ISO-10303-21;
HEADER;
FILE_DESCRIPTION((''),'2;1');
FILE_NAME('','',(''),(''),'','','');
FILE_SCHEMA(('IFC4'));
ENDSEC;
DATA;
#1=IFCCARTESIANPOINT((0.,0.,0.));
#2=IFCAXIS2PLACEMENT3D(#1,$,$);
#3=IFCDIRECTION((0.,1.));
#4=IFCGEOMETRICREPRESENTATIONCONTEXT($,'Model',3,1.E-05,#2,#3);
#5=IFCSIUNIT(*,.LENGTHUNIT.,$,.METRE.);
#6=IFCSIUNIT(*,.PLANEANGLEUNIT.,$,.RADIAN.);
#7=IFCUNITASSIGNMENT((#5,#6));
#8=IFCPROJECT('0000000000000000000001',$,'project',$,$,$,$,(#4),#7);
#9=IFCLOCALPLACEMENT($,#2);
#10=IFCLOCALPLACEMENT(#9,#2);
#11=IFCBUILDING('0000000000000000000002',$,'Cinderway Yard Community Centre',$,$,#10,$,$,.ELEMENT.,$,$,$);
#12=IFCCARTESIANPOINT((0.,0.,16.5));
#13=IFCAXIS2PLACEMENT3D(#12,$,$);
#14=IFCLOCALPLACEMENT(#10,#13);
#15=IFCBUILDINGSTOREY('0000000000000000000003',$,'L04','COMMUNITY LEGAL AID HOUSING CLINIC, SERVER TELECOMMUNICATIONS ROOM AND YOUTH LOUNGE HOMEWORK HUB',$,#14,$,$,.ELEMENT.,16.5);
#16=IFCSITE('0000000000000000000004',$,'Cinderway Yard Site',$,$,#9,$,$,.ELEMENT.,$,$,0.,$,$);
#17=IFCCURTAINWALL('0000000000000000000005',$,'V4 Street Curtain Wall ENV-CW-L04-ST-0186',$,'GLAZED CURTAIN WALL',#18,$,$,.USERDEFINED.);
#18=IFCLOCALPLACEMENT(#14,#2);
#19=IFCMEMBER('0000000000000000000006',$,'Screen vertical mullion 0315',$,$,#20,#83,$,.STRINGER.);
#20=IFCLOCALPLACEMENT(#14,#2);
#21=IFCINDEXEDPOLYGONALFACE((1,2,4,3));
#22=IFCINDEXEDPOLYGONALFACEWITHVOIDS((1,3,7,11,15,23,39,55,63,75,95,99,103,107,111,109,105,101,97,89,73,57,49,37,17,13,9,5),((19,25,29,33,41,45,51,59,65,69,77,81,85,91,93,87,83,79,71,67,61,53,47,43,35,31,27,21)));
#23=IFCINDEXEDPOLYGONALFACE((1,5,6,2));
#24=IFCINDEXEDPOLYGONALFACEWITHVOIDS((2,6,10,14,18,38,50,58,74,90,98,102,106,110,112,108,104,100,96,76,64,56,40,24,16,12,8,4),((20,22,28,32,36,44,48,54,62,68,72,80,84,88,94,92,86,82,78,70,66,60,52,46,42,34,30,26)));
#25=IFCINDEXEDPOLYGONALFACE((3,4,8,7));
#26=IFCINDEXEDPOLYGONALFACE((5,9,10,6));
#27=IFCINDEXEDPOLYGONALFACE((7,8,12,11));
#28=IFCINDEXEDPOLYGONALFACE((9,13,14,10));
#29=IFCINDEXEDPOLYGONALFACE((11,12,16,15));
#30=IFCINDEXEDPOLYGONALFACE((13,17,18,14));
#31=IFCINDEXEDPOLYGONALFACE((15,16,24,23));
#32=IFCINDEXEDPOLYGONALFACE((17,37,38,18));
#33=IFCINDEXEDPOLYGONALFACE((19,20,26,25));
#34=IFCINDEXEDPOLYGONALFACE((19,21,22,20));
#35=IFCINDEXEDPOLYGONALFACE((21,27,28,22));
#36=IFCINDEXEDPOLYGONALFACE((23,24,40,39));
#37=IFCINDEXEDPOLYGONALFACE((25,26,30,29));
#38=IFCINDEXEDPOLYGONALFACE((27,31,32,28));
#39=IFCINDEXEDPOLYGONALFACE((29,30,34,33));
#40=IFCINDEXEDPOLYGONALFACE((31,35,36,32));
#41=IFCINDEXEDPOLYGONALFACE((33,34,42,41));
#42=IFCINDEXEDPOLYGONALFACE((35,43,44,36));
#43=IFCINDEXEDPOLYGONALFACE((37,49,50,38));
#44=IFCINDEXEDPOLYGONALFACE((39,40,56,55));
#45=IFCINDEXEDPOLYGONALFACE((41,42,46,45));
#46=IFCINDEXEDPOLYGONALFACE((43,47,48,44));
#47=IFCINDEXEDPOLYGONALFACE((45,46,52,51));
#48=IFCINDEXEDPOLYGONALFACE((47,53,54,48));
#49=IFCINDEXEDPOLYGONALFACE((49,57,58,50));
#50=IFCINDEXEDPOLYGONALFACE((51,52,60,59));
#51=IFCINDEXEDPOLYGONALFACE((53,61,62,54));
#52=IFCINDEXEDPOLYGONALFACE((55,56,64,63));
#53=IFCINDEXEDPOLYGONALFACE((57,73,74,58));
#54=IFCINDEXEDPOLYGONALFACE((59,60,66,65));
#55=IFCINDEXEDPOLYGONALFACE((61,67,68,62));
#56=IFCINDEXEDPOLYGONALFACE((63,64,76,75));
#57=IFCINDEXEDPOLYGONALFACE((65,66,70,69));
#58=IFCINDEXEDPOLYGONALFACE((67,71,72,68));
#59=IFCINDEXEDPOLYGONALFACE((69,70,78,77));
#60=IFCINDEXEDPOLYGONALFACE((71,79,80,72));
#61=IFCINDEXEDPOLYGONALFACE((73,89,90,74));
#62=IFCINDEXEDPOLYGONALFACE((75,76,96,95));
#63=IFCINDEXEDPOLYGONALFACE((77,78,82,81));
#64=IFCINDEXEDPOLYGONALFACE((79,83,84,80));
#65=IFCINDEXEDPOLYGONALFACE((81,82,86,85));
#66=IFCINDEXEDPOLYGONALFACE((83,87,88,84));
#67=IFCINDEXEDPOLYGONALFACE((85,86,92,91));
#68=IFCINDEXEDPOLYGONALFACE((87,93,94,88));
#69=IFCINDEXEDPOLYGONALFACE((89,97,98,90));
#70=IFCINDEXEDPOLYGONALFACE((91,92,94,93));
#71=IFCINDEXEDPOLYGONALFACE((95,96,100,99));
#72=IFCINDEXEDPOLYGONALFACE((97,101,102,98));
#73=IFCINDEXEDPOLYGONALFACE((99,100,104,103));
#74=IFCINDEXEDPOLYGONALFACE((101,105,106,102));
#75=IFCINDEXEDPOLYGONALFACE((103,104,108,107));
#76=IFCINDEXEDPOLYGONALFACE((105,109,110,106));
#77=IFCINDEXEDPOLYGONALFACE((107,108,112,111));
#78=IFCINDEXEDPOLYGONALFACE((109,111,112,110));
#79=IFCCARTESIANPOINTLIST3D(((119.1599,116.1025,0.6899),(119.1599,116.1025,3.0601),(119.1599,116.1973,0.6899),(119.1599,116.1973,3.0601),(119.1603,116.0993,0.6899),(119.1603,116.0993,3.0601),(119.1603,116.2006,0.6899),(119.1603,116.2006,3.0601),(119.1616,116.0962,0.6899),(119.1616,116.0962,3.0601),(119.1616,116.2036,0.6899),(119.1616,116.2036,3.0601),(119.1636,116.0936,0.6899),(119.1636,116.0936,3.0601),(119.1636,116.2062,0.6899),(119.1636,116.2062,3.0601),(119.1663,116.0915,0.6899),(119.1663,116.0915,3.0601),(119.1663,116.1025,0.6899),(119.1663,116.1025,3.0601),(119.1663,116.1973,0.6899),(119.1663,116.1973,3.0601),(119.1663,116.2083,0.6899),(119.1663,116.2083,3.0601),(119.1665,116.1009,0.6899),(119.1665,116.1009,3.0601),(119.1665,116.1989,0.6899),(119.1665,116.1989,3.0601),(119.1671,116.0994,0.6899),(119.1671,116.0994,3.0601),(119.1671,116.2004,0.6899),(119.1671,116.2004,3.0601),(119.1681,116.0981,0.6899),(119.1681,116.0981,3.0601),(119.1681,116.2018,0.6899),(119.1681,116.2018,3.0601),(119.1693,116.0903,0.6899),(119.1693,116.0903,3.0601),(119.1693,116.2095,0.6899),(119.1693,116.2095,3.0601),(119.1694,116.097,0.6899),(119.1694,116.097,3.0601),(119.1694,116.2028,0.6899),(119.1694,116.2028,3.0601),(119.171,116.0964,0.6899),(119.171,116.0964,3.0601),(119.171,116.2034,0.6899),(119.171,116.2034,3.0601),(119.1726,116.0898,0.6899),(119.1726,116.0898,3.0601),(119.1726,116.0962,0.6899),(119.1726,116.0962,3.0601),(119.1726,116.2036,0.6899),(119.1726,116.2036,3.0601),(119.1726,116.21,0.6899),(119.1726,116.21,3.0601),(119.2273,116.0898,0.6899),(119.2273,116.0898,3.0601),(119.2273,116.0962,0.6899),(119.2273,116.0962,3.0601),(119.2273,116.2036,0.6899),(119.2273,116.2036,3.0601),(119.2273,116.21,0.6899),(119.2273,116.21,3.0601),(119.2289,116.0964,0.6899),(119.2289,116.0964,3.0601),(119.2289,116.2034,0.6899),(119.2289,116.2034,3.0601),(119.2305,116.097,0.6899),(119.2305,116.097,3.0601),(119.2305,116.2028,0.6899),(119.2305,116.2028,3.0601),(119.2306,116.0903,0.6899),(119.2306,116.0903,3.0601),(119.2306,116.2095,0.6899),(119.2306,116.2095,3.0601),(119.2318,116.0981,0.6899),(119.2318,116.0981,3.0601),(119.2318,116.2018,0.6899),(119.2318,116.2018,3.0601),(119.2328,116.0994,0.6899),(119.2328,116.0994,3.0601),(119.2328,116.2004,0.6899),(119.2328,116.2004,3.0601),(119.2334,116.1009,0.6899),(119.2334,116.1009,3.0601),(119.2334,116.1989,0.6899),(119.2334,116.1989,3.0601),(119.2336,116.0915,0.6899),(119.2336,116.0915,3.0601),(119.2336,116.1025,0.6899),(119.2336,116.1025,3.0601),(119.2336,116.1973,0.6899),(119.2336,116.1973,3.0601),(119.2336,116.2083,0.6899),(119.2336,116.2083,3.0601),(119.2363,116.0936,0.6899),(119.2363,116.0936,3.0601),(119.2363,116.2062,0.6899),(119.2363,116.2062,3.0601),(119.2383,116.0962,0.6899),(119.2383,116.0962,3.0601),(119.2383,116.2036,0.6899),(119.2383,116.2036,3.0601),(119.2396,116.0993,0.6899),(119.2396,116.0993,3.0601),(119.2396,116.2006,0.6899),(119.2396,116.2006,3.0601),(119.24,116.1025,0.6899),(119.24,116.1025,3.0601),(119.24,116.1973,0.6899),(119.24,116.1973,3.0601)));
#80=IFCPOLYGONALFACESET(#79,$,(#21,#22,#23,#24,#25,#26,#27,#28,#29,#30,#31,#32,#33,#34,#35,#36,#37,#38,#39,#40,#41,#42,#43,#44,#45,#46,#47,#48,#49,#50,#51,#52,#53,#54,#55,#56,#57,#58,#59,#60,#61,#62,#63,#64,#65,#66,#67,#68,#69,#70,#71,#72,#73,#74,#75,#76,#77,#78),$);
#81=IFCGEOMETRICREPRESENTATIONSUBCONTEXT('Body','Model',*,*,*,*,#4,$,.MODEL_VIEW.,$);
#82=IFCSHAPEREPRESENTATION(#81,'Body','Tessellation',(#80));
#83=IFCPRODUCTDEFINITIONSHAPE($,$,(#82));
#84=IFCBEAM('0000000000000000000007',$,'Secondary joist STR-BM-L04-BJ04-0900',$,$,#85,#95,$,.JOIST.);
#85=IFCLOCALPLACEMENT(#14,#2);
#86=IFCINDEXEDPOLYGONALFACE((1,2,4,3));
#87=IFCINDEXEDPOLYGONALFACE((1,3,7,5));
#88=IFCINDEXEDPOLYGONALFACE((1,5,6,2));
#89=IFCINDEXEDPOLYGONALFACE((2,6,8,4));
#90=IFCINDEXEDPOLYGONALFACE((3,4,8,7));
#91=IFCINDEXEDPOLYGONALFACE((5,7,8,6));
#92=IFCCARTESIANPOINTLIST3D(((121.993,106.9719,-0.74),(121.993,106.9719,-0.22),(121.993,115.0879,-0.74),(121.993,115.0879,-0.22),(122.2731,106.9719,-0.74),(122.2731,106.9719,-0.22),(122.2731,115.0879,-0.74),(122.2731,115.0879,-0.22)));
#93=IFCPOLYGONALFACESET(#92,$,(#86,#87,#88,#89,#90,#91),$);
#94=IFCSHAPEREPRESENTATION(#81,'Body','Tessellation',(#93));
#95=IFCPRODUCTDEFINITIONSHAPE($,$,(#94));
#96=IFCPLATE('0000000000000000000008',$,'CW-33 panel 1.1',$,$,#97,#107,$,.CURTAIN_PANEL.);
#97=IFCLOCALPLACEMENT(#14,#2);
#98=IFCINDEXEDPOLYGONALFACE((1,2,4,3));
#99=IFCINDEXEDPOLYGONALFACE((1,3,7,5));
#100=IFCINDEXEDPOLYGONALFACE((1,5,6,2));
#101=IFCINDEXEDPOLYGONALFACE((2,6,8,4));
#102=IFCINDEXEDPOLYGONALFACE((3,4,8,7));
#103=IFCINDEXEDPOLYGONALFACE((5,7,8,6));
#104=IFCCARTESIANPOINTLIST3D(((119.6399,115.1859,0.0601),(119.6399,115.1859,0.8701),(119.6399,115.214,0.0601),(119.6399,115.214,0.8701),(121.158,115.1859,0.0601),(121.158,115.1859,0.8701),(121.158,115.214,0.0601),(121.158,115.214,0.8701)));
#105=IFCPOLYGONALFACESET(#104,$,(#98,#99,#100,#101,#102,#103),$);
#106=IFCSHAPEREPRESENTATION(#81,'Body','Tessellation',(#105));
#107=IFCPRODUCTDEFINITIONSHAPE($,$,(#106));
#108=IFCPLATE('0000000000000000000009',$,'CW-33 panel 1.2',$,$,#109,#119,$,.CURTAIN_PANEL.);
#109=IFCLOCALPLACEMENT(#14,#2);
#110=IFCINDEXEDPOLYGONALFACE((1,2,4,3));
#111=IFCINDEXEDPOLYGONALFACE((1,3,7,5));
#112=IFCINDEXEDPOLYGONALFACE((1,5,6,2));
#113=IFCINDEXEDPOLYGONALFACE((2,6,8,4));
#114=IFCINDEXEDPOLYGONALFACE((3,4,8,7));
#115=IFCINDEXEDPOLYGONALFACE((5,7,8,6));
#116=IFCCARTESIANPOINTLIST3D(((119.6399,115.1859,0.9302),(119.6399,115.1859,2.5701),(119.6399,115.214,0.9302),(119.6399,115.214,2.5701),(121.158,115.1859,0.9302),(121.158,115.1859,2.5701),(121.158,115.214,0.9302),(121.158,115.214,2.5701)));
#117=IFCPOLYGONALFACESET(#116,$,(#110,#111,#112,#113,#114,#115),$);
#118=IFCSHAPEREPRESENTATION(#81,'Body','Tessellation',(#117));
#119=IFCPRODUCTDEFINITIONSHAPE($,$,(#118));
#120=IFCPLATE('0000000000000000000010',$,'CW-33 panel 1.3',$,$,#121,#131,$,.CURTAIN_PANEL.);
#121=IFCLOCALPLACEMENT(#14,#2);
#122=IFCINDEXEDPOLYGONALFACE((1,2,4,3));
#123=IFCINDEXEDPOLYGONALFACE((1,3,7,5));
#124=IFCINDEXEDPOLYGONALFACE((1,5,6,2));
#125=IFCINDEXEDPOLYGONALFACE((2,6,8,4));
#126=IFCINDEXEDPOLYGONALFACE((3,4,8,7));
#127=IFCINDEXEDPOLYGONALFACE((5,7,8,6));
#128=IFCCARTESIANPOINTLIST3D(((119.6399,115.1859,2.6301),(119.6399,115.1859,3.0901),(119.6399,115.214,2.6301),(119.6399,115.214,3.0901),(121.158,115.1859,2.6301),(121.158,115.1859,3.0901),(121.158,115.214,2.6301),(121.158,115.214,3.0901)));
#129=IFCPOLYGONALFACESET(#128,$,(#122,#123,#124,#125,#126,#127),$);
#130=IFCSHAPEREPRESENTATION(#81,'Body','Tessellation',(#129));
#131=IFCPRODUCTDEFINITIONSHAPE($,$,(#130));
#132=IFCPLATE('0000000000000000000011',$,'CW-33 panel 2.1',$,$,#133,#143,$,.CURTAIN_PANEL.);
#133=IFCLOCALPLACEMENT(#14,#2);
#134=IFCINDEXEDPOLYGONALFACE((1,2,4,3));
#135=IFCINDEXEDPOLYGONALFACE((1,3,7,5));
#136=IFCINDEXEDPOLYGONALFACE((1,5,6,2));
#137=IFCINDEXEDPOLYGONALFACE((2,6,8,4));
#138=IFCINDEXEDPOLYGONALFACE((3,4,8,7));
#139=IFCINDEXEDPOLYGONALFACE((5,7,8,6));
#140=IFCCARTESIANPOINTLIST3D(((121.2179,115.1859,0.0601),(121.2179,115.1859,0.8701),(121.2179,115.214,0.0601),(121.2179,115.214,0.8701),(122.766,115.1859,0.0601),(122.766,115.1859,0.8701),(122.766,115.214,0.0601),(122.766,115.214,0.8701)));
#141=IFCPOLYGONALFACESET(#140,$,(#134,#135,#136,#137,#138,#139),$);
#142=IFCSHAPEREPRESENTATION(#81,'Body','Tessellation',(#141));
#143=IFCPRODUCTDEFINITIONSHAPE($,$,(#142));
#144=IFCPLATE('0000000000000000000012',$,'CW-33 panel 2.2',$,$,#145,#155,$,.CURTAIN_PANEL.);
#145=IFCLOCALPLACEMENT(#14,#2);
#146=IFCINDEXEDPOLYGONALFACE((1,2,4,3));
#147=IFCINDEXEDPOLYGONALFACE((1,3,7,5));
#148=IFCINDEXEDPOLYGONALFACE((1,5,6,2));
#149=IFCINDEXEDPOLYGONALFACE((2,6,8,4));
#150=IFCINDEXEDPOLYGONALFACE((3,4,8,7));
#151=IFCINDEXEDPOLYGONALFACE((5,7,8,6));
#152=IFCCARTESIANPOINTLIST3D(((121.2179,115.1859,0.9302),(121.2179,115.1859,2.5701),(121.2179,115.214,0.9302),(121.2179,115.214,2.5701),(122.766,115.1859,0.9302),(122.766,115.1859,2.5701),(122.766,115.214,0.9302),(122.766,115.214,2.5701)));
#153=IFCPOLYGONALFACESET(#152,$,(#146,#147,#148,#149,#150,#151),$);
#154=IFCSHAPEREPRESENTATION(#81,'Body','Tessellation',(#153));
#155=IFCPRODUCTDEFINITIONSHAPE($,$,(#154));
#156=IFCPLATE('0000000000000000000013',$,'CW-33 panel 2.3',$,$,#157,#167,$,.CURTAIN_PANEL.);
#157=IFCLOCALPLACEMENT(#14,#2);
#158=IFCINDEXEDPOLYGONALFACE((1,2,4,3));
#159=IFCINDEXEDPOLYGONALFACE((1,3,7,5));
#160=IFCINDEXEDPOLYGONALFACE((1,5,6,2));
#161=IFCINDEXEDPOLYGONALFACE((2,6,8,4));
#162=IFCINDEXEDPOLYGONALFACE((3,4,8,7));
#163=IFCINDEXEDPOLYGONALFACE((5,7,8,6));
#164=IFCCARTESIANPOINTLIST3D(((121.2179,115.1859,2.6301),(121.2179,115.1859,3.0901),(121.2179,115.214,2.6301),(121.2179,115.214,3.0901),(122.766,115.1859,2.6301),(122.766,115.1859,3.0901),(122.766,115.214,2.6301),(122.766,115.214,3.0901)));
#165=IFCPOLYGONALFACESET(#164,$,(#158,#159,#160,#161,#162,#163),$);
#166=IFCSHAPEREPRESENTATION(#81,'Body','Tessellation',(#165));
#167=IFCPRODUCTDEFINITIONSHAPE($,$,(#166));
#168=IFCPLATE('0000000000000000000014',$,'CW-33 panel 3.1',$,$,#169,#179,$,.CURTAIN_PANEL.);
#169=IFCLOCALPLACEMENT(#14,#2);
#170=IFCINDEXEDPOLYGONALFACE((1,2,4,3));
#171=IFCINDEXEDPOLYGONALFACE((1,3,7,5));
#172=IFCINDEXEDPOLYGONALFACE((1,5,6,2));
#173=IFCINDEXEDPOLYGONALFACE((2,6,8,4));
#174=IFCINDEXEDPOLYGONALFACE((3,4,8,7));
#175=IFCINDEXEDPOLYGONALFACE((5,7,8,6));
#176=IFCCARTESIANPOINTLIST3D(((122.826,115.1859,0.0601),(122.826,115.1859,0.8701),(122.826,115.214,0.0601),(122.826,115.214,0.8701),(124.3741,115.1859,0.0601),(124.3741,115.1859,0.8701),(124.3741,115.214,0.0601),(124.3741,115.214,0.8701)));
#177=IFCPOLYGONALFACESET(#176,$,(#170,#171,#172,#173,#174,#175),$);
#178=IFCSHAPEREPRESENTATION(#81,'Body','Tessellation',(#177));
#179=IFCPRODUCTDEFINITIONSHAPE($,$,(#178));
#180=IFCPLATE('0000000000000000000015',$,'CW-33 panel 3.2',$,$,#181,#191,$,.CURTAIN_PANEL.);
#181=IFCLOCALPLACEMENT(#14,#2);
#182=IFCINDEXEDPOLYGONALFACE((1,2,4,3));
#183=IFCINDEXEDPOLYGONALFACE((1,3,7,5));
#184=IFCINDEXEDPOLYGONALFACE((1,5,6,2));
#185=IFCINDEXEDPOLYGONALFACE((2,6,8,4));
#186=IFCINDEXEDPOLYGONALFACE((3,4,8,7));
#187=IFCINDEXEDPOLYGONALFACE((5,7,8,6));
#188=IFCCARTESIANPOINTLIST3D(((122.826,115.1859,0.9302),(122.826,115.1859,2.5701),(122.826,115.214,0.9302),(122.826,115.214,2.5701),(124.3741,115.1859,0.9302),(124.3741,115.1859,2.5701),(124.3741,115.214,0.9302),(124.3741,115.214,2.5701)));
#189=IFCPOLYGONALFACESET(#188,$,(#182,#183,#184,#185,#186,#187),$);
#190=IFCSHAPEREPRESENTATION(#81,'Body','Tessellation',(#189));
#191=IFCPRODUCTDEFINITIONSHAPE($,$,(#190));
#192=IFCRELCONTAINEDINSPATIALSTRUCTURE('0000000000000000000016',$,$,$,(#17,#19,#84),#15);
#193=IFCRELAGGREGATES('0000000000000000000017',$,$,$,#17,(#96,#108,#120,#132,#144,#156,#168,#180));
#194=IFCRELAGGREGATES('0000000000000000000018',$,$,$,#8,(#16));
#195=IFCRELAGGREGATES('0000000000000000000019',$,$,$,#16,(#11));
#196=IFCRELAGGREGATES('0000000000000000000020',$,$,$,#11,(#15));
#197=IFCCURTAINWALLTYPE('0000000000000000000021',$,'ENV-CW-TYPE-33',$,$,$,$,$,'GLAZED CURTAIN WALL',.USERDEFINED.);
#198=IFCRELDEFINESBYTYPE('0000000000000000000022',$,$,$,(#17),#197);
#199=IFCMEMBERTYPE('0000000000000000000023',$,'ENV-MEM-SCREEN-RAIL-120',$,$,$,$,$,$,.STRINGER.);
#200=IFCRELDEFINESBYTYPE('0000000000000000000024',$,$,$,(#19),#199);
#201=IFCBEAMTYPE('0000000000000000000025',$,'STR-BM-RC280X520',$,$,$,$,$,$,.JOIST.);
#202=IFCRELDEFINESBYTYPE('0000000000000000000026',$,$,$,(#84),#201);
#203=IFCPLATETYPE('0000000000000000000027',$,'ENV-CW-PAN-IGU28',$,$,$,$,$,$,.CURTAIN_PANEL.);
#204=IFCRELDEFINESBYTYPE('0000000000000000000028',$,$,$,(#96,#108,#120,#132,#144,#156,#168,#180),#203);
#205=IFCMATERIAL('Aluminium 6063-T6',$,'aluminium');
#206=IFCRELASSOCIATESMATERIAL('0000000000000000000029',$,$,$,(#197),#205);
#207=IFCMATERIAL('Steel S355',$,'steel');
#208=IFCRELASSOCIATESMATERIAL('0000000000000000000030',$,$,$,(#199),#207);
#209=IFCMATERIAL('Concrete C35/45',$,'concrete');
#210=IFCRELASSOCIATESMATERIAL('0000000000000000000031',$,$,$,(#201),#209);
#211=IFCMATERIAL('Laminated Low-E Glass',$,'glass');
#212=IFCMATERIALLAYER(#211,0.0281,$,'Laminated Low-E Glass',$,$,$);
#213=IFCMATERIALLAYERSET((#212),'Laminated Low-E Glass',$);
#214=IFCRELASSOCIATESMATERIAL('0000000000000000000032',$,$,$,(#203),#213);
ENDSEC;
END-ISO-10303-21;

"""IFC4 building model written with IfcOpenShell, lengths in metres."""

from ifc_helpers import new_model, si_unit, direction, frame, origin, origin_2d, place, context, subcontext, project, spatial, rectangle, hollow_rectangle, extrude, material, layer, layer_set, material_profile, profile_set, type_object, element, aggregate, save


model = new_model("IFC4")

# Units and contexts
model_context = context("Model", 3, precision=1e-05, world=origin(), true_north=direction((0.0, 1.0)))
body_context = subcontext(model_context, "Body", "Model", "MODEL_VIEW")
ifc_project = project(units=[si_unit("LENGTHUNIT", "METRE"), si_unit("PLANEANGLEUNIT", "RADIAN")], contexts=[model_context])

# Site, building, storey
site_placement = place(None, origin())
site = spatial("IfcSite", under=ifc_project, at=site_placement, Name="Cinderway Yard Site", CompositionType="ELEMENT", RefElevation=0.0)
building_placement = place(site_placement, origin())
building = spatial("IfcBuilding", under=site, at=building_placement, Name="Cinderway Yard Community Centre", CompositionType="ELEMENT")
storey_placement = place(building_placement, frame((0.0, 0.0, 16.5)))
storey = spatial("IfcBuildingStorey", under=building, at=storey_placement, Name="L04", Description="COMMUNITY LEGAL AID HOUSING CLINIC, SERVER TELECOMMUNICATIONS ROOM AND YOUTH LOUNGE HOMEWORK HUB", CompositionType="ELEMENT", Elevation=16.5)

# Curtain wall
ifc_material_1 = material(Name="Aluminium 6063-T6", Category="aluminium")
curtain_wall_type = type_object("IfcCurtainWallType", Name="ENV-CW-TYPE-33", ElementType="GLAZED CURTAIN WALL", PredefinedType="USERDEFINED", material=ifc_material_1)
curtain_wall_placement = place(storey_placement, origin())
curtain_wall = element("IfcCurtainWall", 1, at=curtain_wall_placement, inside=storey, type_object=curtain_wall_type, Name="V4 Street Curtain Wall ENV-CW-L04-ST-0186", ObjectType="GLAZED CURTAIN WALL", PredefinedType="USERDEFINED")

# Member
ifc_material_2 = material(Name="Steel S355", Category="steel")
ifc_material_profile_1 = material_profile(ifc_material_2, hollow_rectangle(XDim=0.0801, YDim=0.1201, WallThickness=0.0063, InnerFilletRadius=0.0063, OuterFilletRadius=0.0127, at=origin_2d()), Name="Steel S355")
ifc_profile_set_1 = profile_set([ifc_material_profile_1], Name="Steel S355")
member_type_1 = type_object("IfcMemberType", Name="ENV-MEM-SCREEN-RAIL-120", PredefinedType="STRINGER", material=ifc_profile_set_1)
member_1_placement = place(storey_placement, frame((119.2, 116.1499, 0.6899), z_axis=(0.0, 0.0, 1.0), x_axis=(1.0, 0.0, 0.0)))
element("IfcMember", 2, at=member_1_placement, inside=storey, type_object=member_type_1, Name="Screen vertical mullion 0315", PredefinedType="STRINGER", context=body_context, shape_type="SweptSolid", body=[
    extrude(hollow_rectangle(XDim=0.0801, YDim=0.1201, WallThickness=0.0063, InnerFilletRadius=0.0063, OuterFilletRadius=0.0127, at=origin_2d()), origin(), (0.0, 0.0, 1.0), 2.3701),
])

# Beam
ifc_material_3 = material(Name="Concrete C35/45", Category="concrete")
ifc_material_profile_2 = material_profile(ifc_material_3, rectangle(XDim=0.28, YDim=0.52, at=origin_2d()), Name="Concrete C35/45")
ifc_profile_set_2 = profile_set([ifc_material_profile_2], Name="Concrete C35/45")
beam_type = type_object("IfcBeamType", Name="STR-BM-RC280X520", PredefinedType="JOIST", material=ifc_profile_set_2)
beam_placement = place(storey_placement, frame((122.1331, 106.9719, -0.48), z_axis=(0.0, 1.0, 0.0), x_axis=(-1.0, 0.0, 0.0)))
element("IfcBeam", 3, at=beam_placement, inside=storey, type_object=beam_type, Name="Secondary joist STR-BM-L04-BJ04-0900", PredefinedType="JOIST", context=body_context, shape_type="SweptSolid", body=[
    extrude(rectangle(XDim=0.28, YDim=0.52, at=origin_2d()), origin(), (0.0, 0.0, 1.0), 8.116),
])

# Plates
ifc_material_4 = material(Name="Laminated Low-E Glass", Category="glass")
ifc_layer_1 = layer(ifc_material_4, 0.0281, Name="Laminated Low-E Glass")
ifc_layer_set_1 = layer_set([ifc_layer_1], Name="Laminated Low-E Glass")
plate_type = type_object("IfcPlateType", Name="ENV-CW-PAN-IGU28", PredefinedType="CURTAIN_PANEL", material=ifc_layer_set_1)
plate_1_placement = place(storey_placement, frame((120.3989, 115.2, 0.0601), z_axis=(0.0, 0.0, 1.0), x_axis=(1.0, 0.0, 0.0)))
plate_1 = element("IfcPlate", 4, at=plate_1_placement, type_object=plate_type, Name="CW-33 panel 1.1", PredefinedType="CURTAIN_PANEL", context=body_context, shape_type="SweptSolid", body=[
    extrude(rectangle(XDim=1.5181, YDim=0.0281, at=origin_2d()), origin(), (0.0, 0.0, 1.0), 0.8101),
])
plate_2_placement = place(storey_placement, frame((120.3989, 115.2, 0.9302), z_axis=(0.0, 0.0, 1.0), x_axis=(1.0, 0.0, 0.0)))
plate_2 = element("IfcPlate", 5, at=plate_2_placement, type_object=plate_type, Name="CW-33 panel 1.2", PredefinedType="CURTAIN_PANEL", context=body_context, shape_type="SweptSolid", body=[
    extrude(rectangle(XDim=1.5181, YDim=0.0281, at=origin_2d()), origin(), (0.0, 0.0, 1.0), 1.6399),
])
plate_3_placement = place(storey_placement, frame((120.3989, 115.2, 2.6301), z_axis=(0.0, 0.0, 1.0), x_axis=(1.0, 0.0, 0.0)))
plate_3 = element("IfcPlate", 6, at=plate_3_placement, type_object=plate_type, Name="CW-33 panel 1.3", PredefinedType="CURTAIN_PANEL", context=body_context, shape_type="SweptSolid", body=[
    extrude(rectangle(XDim=1.5181, YDim=0.0281, at=origin_2d()), origin(), (0.0, 0.0, 1.0), 0.46),
])
plate_4_placement = place(storey_placement, frame((121.9919, 115.2, 0.0601), z_axis=(0.0, 0.0, 1.0), x_axis=(1.0, 0.0, 0.0)))
plate_4 = element("IfcPlate", 7, at=plate_4_placement, type_object=plate_type, Name="CW-33 panel 2.1", PredefinedType="CURTAIN_PANEL", context=body_context, shape_type="SweptSolid", body=[
    extrude(rectangle(XDim=1.5481, YDim=0.0281, at=origin_2d()), origin(), (0.0, 0.0, 1.0), 0.8101),
])
plate_5_placement = place(storey_placement, frame((121.9919, 115.2, 0.9302), z_axis=(0.0, 0.0, 1.0), x_axis=(1.0, 0.0, 0.0)))
plate_5 = element("IfcPlate", 8, at=plate_5_placement, type_object=plate_type, Name="CW-33 panel 2.2", PredefinedType="CURTAIN_PANEL", context=body_context, shape_type="SweptSolid", body=[
    extrude(rectangle(XDim=1.5481, YDim=0.0281, at=origin_2d()), origin(), (0.0, 0.0, 1.0), 1.6399),
])
plate_6_placement = place(storey_placement, frame((121.9919, 115.2, 2.6301), z_axis=(0.0, 0.0, 1.0), x_axis=(1.0, 0.0, 0.0)))
plate_6 = element("IfcPlate", 9, at=plate_6_placement, type_object=plate_type, Name="CW-33 panel 2.3", PredefinedType="CURTAIN_PANEL", context=body_context, shape_type="SweptSolid", body=[
    extrude(rectangle(XDim=1.5481, YDim=0.0281, at=origin_2d()), origin(), (0.0, 0.0, 1.0), 0.46),
])
plate_7_placement = place(storey_placement, frame((123.6001, 115.2, 0.0601), z_axis=(0.0, 0.0, 1.0), x_axis=(1.0, 0.0, 0.0)))
plate_7 = element("IfcPlate", 10, at=plate_7_placement, type_object=plate_type, Name="CW-33 panel 3.1", PredefinedType="CURTAIN_PANEL", context=body_context, shape_type="SweptSolid", body=[
    extrude(rectangle(XDim=1.5481, YDim=0.0281, at=origin_2d()), origin(), (0.0, 0.0, 1.0), 0.8101),
])
plate_8_placement = place(storey_placement, frame((123.6001, 115.2, 0.9302), z_axis=(0.0, 0.0, 1.0), x_axis=(1.0, 0.0, 0.0)))
plate_8 = element("IfcPlate", 11, at=plate_8_placement, type_object=plate_type, Name="CW-33 panel 3.2", PredefinedType="CURTAIN_PANEL", context=body_context, shape_type="SweptSolid", body=[
    extrude(rectangle(XDim=1.5481, YDim=0.0281, at=origin_2d()), origin(), (0.0, 0.0, 1.0), 1.6399),
])
aggregate(curtain_wall, [plate_1, plate_2, plate_3, plate_4, plate_5, plate_6, plate_7, plate_8])

save(model, "model.ifc")
